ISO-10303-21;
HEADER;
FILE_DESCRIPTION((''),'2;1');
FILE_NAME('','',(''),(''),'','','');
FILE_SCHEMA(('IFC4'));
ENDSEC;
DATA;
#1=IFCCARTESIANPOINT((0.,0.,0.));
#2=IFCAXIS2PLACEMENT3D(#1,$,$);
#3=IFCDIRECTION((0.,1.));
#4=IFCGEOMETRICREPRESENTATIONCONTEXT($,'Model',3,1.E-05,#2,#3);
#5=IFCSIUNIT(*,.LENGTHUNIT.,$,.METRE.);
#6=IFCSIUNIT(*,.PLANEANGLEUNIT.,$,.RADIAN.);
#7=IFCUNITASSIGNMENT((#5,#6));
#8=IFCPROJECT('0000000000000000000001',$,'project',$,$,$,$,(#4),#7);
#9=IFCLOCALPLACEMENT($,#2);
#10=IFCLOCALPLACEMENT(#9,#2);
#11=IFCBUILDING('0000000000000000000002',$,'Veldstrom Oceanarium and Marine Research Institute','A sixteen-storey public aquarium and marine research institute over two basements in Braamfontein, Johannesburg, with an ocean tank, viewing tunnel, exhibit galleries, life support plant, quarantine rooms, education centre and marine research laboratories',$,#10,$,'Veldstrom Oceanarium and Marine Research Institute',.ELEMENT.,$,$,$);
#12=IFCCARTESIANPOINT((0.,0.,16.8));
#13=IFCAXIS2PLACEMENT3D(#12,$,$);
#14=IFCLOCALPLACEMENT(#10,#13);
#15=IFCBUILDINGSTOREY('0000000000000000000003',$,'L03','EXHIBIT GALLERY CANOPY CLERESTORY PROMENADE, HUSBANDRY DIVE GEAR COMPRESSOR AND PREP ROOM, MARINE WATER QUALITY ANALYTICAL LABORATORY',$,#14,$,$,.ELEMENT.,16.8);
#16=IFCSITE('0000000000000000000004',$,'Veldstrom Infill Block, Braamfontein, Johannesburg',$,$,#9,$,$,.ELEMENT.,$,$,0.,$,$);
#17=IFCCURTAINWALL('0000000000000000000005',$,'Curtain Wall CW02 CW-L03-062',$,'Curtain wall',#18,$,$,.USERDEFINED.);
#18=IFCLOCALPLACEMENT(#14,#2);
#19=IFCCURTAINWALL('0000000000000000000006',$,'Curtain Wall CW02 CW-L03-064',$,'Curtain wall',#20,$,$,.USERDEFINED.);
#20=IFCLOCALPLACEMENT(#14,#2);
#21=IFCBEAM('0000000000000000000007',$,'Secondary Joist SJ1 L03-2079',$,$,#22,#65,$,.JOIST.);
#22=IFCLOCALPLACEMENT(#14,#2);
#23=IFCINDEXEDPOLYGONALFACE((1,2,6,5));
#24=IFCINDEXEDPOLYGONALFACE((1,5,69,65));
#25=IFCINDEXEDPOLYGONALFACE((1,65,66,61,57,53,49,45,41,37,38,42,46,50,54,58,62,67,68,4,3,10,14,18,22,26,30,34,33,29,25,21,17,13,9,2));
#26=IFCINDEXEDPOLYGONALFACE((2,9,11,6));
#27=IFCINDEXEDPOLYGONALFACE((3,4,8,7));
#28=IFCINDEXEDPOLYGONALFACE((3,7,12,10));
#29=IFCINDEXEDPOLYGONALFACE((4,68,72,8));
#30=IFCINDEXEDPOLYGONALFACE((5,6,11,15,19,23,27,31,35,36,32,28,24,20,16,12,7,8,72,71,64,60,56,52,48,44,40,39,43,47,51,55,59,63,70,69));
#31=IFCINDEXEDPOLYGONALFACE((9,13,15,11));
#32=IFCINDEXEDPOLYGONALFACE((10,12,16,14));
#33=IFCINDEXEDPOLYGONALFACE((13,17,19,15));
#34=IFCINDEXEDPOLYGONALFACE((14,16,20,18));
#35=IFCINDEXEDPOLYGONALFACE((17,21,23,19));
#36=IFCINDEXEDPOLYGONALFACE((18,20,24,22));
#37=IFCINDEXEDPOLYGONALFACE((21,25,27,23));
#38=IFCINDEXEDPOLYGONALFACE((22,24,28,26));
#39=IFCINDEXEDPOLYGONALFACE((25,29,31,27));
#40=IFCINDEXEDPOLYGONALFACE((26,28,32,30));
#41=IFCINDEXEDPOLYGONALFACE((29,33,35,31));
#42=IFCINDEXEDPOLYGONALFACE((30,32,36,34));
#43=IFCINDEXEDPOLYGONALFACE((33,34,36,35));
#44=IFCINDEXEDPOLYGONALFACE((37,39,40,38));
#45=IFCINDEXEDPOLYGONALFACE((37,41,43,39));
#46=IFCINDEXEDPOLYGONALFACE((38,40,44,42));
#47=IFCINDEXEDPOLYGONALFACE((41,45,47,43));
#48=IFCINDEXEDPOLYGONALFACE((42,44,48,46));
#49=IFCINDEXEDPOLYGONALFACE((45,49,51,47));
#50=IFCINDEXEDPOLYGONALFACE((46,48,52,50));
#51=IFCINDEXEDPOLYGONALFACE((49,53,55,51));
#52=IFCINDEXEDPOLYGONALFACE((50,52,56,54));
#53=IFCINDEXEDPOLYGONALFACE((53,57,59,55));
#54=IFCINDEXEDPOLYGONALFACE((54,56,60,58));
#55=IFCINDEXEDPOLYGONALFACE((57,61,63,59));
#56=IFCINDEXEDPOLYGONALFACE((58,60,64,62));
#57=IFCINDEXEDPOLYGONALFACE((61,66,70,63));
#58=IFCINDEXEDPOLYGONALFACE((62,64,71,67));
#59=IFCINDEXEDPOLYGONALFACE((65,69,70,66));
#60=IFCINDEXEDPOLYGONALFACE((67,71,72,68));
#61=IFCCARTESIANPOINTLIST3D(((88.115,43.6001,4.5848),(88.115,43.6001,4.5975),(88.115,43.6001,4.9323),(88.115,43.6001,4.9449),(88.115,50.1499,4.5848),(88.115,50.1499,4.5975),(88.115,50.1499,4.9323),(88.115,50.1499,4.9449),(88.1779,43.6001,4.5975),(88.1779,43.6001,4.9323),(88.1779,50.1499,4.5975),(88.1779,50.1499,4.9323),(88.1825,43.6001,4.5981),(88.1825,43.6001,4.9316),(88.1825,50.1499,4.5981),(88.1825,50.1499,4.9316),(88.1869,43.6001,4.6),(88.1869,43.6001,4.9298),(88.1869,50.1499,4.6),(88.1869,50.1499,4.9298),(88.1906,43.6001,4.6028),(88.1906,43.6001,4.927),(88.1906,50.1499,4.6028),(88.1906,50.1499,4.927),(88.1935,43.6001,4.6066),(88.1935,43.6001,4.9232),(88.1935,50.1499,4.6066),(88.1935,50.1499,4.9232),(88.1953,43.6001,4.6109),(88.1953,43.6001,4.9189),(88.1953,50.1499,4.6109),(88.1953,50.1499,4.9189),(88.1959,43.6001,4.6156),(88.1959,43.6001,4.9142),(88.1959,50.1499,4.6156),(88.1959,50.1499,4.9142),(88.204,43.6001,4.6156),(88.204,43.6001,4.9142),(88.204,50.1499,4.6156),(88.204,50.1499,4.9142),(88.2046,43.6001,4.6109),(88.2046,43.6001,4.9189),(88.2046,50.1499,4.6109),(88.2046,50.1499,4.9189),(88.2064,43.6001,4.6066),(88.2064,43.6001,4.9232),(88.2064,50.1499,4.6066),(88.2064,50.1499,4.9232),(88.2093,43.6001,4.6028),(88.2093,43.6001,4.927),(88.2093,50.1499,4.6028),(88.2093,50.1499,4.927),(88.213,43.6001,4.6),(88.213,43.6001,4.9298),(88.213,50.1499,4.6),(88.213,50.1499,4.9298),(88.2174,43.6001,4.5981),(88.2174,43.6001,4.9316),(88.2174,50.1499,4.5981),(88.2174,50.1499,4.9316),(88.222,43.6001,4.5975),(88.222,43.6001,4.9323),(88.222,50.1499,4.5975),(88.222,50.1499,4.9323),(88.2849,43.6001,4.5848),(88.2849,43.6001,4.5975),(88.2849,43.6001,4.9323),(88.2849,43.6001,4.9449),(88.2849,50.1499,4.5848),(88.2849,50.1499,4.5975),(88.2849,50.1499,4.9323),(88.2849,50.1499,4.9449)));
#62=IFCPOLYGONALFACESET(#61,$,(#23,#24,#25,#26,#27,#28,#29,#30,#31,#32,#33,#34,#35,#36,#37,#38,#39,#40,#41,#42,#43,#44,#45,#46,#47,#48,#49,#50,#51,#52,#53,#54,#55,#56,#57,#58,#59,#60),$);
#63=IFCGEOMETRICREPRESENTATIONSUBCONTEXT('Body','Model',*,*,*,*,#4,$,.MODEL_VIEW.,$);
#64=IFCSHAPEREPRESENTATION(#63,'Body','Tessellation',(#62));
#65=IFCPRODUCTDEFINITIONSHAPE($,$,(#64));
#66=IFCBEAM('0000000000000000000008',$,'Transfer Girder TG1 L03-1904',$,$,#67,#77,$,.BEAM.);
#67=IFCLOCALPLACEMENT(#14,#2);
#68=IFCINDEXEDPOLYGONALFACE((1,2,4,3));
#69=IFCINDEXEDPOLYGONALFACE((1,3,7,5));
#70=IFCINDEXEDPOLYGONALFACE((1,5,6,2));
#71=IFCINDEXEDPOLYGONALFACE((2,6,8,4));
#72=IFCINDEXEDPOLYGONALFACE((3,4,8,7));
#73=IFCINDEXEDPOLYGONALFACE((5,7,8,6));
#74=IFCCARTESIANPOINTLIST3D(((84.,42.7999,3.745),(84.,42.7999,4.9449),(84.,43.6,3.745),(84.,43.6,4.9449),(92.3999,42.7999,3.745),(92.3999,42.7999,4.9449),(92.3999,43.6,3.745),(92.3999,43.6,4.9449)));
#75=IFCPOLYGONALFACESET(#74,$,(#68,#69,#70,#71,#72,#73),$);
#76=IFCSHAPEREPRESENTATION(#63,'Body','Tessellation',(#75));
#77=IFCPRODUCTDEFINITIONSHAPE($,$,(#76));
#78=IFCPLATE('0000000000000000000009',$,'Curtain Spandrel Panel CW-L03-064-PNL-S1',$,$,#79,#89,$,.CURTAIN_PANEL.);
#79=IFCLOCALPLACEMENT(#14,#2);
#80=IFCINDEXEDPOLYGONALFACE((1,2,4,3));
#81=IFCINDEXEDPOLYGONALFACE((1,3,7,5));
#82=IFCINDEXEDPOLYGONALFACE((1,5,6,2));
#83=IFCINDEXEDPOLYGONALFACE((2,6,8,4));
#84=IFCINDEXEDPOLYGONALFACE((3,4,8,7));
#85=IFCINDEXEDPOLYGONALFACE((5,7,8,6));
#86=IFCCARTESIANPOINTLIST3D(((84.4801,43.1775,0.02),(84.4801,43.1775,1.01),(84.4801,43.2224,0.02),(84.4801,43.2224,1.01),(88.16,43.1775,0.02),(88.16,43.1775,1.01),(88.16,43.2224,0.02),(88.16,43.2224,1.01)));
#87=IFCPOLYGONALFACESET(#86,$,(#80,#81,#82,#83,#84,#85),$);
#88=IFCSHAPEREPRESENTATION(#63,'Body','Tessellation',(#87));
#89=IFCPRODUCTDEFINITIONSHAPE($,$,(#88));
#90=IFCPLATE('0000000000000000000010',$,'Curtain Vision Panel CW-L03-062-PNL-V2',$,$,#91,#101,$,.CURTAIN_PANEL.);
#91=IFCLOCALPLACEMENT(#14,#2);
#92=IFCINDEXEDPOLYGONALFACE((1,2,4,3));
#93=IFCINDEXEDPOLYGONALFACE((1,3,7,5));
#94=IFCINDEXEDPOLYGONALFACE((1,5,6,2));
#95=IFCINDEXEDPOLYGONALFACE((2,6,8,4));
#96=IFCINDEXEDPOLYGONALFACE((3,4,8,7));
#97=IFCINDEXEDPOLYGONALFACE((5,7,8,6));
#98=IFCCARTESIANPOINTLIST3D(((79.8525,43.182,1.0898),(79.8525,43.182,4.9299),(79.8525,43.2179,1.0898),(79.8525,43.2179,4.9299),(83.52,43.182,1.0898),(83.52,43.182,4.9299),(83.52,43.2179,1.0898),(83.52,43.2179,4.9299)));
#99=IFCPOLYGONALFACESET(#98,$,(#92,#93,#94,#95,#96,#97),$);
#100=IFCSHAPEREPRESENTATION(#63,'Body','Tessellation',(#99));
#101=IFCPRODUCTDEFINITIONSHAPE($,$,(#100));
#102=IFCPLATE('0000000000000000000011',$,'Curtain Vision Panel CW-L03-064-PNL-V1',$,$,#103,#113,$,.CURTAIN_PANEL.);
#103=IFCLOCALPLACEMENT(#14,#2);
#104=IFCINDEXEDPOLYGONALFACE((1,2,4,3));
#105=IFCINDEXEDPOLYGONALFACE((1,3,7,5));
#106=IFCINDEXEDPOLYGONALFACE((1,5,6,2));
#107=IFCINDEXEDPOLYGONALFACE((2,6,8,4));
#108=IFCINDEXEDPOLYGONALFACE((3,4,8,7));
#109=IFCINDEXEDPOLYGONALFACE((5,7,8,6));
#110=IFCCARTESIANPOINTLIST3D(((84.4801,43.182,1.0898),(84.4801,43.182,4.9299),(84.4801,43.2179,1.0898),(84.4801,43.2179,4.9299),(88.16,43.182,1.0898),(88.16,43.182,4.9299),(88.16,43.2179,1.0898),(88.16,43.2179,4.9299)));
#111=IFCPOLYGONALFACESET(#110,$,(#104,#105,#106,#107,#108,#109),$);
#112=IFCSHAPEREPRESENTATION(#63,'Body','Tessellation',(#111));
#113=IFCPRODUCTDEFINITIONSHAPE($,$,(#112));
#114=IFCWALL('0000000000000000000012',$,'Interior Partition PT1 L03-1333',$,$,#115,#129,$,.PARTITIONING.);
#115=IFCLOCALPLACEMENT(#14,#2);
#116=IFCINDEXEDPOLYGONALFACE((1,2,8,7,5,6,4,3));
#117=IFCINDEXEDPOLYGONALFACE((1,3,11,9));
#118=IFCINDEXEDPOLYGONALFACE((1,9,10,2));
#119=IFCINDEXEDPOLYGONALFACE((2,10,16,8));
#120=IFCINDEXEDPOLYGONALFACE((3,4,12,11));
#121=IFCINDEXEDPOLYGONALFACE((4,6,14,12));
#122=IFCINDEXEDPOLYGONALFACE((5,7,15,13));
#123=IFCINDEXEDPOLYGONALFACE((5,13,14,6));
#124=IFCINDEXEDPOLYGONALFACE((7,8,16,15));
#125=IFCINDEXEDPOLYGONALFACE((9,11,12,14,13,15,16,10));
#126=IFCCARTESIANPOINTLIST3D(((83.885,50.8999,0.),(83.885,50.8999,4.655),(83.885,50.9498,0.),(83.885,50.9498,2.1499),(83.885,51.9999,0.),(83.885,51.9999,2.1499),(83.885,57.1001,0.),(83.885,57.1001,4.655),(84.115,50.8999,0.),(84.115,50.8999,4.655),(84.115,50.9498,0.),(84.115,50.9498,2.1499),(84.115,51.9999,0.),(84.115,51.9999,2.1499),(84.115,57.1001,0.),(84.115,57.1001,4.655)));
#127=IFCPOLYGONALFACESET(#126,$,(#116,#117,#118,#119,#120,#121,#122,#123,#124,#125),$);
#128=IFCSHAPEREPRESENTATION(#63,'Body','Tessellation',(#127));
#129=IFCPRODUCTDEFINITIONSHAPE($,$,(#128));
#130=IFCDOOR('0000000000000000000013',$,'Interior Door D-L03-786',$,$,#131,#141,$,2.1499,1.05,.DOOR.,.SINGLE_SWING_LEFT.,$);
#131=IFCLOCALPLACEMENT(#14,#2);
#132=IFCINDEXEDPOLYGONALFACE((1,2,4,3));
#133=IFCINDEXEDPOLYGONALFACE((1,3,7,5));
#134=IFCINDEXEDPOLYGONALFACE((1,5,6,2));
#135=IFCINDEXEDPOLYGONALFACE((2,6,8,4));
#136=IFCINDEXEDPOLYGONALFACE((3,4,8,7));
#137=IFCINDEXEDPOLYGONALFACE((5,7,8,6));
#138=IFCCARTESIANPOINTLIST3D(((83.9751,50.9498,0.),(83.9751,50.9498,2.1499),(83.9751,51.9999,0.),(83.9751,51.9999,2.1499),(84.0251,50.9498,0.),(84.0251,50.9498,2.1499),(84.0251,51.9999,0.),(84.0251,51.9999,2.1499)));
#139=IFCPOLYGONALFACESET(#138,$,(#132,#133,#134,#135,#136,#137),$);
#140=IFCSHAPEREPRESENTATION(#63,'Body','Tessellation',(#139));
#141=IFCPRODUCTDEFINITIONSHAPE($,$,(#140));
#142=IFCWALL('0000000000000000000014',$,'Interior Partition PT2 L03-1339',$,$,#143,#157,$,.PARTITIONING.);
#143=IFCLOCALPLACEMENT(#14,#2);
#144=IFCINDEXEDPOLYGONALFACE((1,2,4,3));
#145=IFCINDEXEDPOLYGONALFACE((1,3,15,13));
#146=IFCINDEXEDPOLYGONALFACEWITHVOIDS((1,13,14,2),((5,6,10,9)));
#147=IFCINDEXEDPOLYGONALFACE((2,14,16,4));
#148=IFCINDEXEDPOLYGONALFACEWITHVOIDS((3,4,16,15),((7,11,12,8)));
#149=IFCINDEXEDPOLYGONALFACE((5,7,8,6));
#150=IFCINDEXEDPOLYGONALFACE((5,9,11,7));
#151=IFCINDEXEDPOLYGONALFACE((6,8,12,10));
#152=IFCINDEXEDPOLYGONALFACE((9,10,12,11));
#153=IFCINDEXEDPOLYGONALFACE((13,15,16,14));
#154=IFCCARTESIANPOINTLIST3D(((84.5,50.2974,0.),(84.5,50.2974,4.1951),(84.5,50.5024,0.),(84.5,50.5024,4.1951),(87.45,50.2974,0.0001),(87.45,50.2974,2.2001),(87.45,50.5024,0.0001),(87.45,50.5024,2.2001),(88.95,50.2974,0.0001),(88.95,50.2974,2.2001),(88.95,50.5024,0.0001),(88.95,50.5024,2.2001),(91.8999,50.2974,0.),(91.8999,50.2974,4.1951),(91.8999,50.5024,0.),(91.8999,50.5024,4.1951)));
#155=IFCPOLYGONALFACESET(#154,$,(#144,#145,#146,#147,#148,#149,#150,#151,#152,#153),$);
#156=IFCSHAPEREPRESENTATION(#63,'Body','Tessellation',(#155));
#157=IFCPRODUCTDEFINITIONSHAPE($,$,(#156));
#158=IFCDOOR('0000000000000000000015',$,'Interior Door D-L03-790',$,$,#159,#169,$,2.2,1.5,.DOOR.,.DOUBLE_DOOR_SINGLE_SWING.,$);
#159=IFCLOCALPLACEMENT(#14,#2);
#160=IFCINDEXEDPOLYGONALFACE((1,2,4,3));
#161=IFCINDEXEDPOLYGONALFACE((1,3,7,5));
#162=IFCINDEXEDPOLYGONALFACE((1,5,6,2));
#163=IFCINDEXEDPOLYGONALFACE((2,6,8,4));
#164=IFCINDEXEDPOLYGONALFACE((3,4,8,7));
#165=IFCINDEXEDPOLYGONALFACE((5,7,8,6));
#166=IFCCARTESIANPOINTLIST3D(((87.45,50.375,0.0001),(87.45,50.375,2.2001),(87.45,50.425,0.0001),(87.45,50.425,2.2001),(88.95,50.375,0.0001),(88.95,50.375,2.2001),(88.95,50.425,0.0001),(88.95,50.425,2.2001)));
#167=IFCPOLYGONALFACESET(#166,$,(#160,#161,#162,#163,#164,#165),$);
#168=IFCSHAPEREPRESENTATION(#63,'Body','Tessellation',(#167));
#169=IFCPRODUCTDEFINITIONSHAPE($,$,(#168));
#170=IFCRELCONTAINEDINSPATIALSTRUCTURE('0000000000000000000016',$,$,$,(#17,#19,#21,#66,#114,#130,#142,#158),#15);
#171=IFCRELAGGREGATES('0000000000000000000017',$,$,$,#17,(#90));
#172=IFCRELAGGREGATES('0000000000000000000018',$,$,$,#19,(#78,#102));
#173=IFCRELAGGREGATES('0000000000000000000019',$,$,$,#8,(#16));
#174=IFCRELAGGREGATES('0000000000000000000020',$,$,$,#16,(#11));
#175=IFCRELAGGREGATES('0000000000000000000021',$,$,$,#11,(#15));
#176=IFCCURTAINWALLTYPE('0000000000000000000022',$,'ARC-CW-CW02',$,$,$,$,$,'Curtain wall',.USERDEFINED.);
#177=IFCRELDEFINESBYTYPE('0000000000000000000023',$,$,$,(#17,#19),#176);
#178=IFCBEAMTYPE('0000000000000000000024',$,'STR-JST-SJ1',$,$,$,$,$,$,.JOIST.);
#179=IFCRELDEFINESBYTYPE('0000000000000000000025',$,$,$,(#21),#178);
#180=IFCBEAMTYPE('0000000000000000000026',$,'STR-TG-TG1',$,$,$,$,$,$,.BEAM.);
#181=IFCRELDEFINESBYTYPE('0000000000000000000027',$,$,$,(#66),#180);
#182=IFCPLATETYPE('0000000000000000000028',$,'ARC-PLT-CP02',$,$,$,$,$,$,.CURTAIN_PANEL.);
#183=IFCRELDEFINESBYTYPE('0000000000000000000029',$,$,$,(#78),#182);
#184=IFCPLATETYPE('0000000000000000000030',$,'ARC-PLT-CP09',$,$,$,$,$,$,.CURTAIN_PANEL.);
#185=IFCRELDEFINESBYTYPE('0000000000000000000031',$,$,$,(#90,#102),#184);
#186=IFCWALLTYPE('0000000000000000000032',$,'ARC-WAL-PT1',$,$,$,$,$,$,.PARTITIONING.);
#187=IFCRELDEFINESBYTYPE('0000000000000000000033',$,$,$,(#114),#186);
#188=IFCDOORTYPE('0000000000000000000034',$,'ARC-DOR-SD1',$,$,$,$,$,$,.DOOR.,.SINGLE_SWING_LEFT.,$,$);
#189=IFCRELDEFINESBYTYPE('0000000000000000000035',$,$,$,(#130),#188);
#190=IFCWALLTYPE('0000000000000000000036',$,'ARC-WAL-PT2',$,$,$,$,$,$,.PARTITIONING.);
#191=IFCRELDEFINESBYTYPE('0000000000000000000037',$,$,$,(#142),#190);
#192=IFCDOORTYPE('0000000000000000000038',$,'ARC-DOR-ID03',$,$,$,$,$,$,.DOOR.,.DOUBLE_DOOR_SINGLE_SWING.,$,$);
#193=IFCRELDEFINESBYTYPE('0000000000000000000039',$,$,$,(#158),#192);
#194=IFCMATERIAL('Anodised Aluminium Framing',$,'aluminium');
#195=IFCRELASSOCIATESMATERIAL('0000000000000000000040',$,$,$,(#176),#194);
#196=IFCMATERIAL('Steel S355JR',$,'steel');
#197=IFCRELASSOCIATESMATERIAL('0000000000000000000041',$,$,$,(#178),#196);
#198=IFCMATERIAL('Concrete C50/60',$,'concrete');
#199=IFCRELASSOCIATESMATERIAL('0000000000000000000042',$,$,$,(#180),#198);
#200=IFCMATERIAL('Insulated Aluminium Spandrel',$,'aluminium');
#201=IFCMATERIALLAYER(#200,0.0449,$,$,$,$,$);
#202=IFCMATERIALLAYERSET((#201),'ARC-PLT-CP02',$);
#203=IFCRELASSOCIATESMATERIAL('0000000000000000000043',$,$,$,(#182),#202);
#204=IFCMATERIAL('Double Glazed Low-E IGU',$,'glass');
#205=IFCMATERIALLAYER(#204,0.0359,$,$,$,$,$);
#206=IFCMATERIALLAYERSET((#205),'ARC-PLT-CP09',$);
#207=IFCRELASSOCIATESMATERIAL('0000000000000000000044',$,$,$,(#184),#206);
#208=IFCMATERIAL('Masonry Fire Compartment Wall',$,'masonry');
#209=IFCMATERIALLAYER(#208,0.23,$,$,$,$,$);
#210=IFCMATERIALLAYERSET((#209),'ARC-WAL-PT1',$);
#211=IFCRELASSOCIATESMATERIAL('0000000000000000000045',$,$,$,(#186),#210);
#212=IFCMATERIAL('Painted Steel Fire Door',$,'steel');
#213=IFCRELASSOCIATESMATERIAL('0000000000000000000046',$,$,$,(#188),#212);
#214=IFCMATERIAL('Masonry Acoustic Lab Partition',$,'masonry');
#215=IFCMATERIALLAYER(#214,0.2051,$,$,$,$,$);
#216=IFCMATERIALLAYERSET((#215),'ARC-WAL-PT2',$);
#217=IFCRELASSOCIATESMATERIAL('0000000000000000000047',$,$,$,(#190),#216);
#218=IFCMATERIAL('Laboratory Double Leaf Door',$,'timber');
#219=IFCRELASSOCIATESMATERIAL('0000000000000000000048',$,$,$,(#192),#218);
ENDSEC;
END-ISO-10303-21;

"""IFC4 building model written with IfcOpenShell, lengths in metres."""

from ifc_helpers import new_model, si_unit, direction, frame, frame_2d, origin, origin_2d, place, context, subcontext, project, spatial, rectangle, i_section, extrude, material, layer, layer_set, material_profile, profile_set, type_object, element, fill, aggregate, save


model = new_model("IFC4")

# Units and contexts
model_context = context("Model", 3, precision=1e-05, world=origin(), true_north=direction((0.0, 1.0)))
body_context = subcontext(model_context, "Body", "Model", "MODEL_VIEW")
ifc_project = project(units=[si_unit("LENGTHUNIT", "METRE"), si_unit("PLANEANGLEUNIT", "RADIAN")], contexts=[model_context])

# Site, building, storey
site_placement = place(None, origin())
site = spatial("IfcSite", under=ifc_project, at=site_placement, Name="Veldstrom Infill Block, Braamfontein, Johannesburg", CompositionType="ELEMENT", RefElevation=0.0)
building_placement = place(site_placement, origin())
building = spatial("IfcBuilding", under=site, at=building_placement, Name="Veldstrom Oceanarium and Marine Research Institute", Description="A sixteen-storey public aquarium and marine research institute over two basements in Braamfontein, Johannesburg, with an ocean tank, viewing tunnel, exhibit galleries, life support plant, quarantine rooms, education centre and marine research laboratories", LongName="Veldstrom Oceanarium and Marine Research Institute", CompositionType="ELEMENT")
storey_placement = place(building_placement, frame((0.0, 0.0, 16.8)))
storey = spatial("IfcBuildingStorey", under=building, at=storey_placement, Name="L03", Description="EXHIBIT GALLERY CANOPY CLERESTORY PROMENADE, HUSBANDRY DIVE GEAR COMPRESSOR AND PREP ROOM, MARINE WATER QUALITY ANALYTICAL LABORATORY", CompositionType="ELEMENT", Elevation=16.8)

# Curtain wall
ifc_material_1 = material(Name="Anodised Aluminium Framing", Category="aluminium")
curtain_wall_type = type_object("IfcCurtainWallType", Name="ARC-CW-CW02", ElementType="Curtain wall", PredefinedType="USERDEFINED", material=ifc_material_1)
curtain_wall_1_placement = place(storey_placement, origin())
curtain_wall_1 = element("IfcCurtainWall", 1, at=curtain_wall_1_placement, inside=storey, type_object=curtain_wall_type, Name="Curtain Wall CW02 CW-L03-062", ObjectType="Curtain wall", PredefinedType="USERDEFINED")

# Curtain wall
curtain_wall_2_placement = place(storey_placement, origin())
curtain_wall_2 = element("IfcCurtainWall", 2, at=curtain_wall_2_placement, inside=storey, type_object=curtain_wall_type, Name="Curtain Wall CW02 CW-L03-064", ObjectType="Curtain wall", PredefinedType="USERDEFINED")

# Beams
ifc_material_2 = material(Name="Steel S355JR", Category="steel")
ifc_material_profile_1 = material_profile(ifc_material_2, i_section(OverallWidth=0.1699, OverallDepth=0.3601, WebThickness=0.0081, FlangeThickness=0.0127, FilletRadius=0.0181, at=origin_2d()), Name="IPE 360")
ifc_profile_set_1 = profile_set([ifc_material_profile_1], Name="Steel S355JR")
beam_type_1 = type_object("IfcBeamType", Name="STR-JST-SJ1", PredefinedType="JOIST", material=ifc_profile_set_1)
beam_1_placement = place(storey_placement, frame((88.2, 43.6001, 4.7649), z_axis=(0.0, 1.0, 0.0), x_axis=(-1.0, 0.0, 0.0)))
element("IfcBeam", 3, at=beam_1_placement, inside=storey, type_object=beam_type_1, Name="Secondary Joist SJ1 L03-2079", PredefinedType="JOIST", context=body_context, shape_type="SweptSolid", body=[
    extrude(i_section(OverallWidth=0.1699, OverallDepth=0.3601, WebThickness=0.0081, FlangeThickness=0.0127, FilletRadius=0.0181, at=origin_2d()), origin(), (0.0, 0.0, 1.0), 6.5498),
])
ifc_material_3 = material(Name="Concrete C50/60", Category="concrete")
ifc_material_profile_2 = material_profile(ifc_material_3, rectangle(XDim=0.8, YDim=1.2, at=origin_2d()), Name="RC-TG-800x1200")
ifc_profile_set_2 = profile_set([ifc_material_profile_2], Name="Concrete C50/60")
beam_type_2 = type_object("IfcBeamType", Name="STR-TG-TG1", PredefinedType="BEAM", material=ifc_profile_set_2)
beam_2_placement = place(storey_placement, frame((84.0, 43.2, 4.345), z_axis=(1.0, 0.0, 0.0), x_axis=(0.0, 1.0, 0.0)))
element("IfcBeam", 4, at=beam_2_placement, inside=storey, type_object=beam_type_2, Name="Transfer Girder TG1 L03-1904", PredefinedType="BEAM", context=body_context, shape_type="SweptSolid", body=[
    extrude(rectangle(XDim=0.8, YDim=1.2, at=origin_2d()), origin(), (0.0, 0.0, 1.0), 8.3999),
])

# Plates
ifc_material_4 = material(Name="Insulated Aluminium Spandrel", Category="aluminium")
ifc_layer_1 = layer(ifc_material_4, 0.0449)
ifc_layer_set_1 = layer_set([ifc_layer_1], Name="ARC-PLT-CP02")
plate_type_1 = type_object("IfcPlateType", Name="ARC-PLT-CP02", PredefinedType="CURTAIN_PANEL", material=ifc_layer_set_1)
plate_1_placement = place(storey_placement, frame((86.3201, 43.2, 0.02), z_axis=(0.0, 0.0, 1.0), x_axis=(1.0, 0.0, 0.0)))
plate_1 = element("IfcPlate", 5, at=plate_1_placement, type_object=plate_type_1, Name="Curtain Spandrel Panel CW-L03-064-PNL-S1", PredefinedType="CURTAIN_PANEL", context=body_context, shape_type="SweptSolid", body=[
    extrude(rectangle(XDim=3.6799, YDim=0.0449, at=origin_2d()), origin(), (0.0, 0.0, 1.0), 0.99),
])
ifc_material_5 = material(Name="Double Glazed Low-E IGU", Category="glass")
ifc_layer_2 = layer(ifc_material_5, 0.0359)
ifc_layer_set_2 = layer_set([ifc_layer_2], Name="ARC-PLT-CP09")
plate_type_2 = type_object("IfcPlateType", Name="ARC-PLT-CP09", PredefinedType="CURTAIN_PANEL", material=ifc_layer_set_2)
plate_2_placement = place(storey_placement, frame((81.6863, 43.2, 1.0898), z_axis=(0.0, 0.0, 1.0), x_axis=(1.0, 0.0, 0.0)))
plate_2 = element("IfcPlate", 6, at=plate_2_placement, type_object=plate_type_2, Name="Curtain Vision Panel CW-L03-062-PNL-V2", PredefinedType="CURTAIN_PANEL", context=body_context, shape_type="SweptSolid", body=[
    extrude(rectangle(XDim=3.6675, YDim=0.0359, at=origin_2d()), origin(), (0.0, 0.0, 1.0), 3.8401),
])
aggregate(curtain_wall_1, [plate_2])
plate_3_placement = place(storey_placement, frame((86.3201, 43.2, 1.0898), z_axis=(0.0, 0.0, 1.0), x_axis=(1.0, 0.0, 0.0)))
plate_3 = element("IfcPlate", 7, at=plate_3_placement, type_object=plate_type_2, Name="Curtain Vision Panel CW-L03-064-PNL-V1", PredefinedType="CURTAIN_PANEL", context=body_context, shape_type="SweptSolid", body=[
    extrude(rectangle(XDim=3.6799, YDim=0.0359, at=origin_2d()), origin(), (0.0, 0.0, 1.0), 3.8401),
])
aggregate(curtain_wall_2, [plate_1, plate_3])

# Walls, openings, doors
ifc_material_6 = material(Name="Masonry Fire Compartment Wall", Category="masonry")
ifc_layer_3 = layer(ifc_material_6, 0.23)
ifc_layer_set_3 = layer_set([ifc_layer_3], Name="ARC-WAL-PT1")
wall_type_1 = type_object("IfcWallType", Name="ARC-WAL-PT1", PredefinedType="PARTITIONING", material=ifc_layer_set_3)
wall_1_placement = place(storey_placement, frame((84.0, 50.8999, 0.0), z_axis=(0.0, 0.0, 1.0), x_axis=(0.0, 1.0, 0.0)))
wall_1 = element("IfcWall", 8, at=wall_1_placement, inside=storey, type_object=wall_type_1, Name="Interior Partition PT1 L03-1333", PredefinedType="PARTITIONING", context=body_context, shape_type="SweptSolid", body=[
    extrude(rectangle(XDim=6.2002, YDim=0.23, at=frame_2d((3.1001, 0.0))), origin(), (0.0, 0.0, 1.0), 4.655),
])
opening_1_placement = place(wall_1_placement, frame((0.05, 0.0, 0.0)))
opening_1 = element("IfcOpeningElement", 9, at=opening_1_placement, cuts=wall_1, PredefinedType="OPENING", context=body_context, shape_type="SweptSolid", body=[
    extrude(rectangle(XDim=1.05, YDim=2.1499, at=frame_2d((0.5249, 1.075))), frame((0.0, 0.125, 0.0), z_axis=(0.0, -1.0, 0.0), x_axis=(1.0, 0.0, 0.0)), (0.0, 0.0, 1.0), 0.25),
])
ifc_material_7 = material(Name="Painted Steel Fire Door", Category="steel")
door_type_1 = type_object("IfcDoorType", Name="ARC-DOR-SD1", OperationType="SINGLE_SWING_LEFT", PredefinedType="DOOR", material=ifc_material_7)
door_1_placement = place(opening_1_placement, origin())
door_1 = element("IfcDoor", 10, at=door_1_placement, inside=storey, type_object=door_type_1, Name="Interior Door D-L03-786", OperationType="SINGLE_SWING_LEFT", OverallHeight=2.1499, OverallWidth=1.05, PredefinedType="DOOR", context=body_context, shape_type="SweptSolid", body=[
    extrude(rectangle(XDim=1.05, YDim=2.1499, at=frame_2d((0.5249, 1.075))), frame((0.0, 0.0249, 0.0), z_axis=(0.0, -1.0, 0.0), x_axis=(1.0, 0.0, 0.0)), (0.0, 0.0, 1.0), 0.05),
])
fill(opening_1, door_1)
ifc_material_8 = material(Name="Masonry Acoustic Lab Partition", Category="masonry")
ifc_layer_4 = layer(ifc_material_8, 0.2051)
ifc_layer_set_4 = layer_set([ifc_layer_4], Name="ARC-WAL-PT2")
wall_type_2 = type_object("IfcWallType", Name="ARC-WAL-PT2", PredefinedType="PARTITIONING", material=ifc_layer_set_4)
wall_2_placement = place(storey_placement, frame((84.5, 50.3999, 0.0), z_axis=(0.0, 0.0, 1.0), x_axis=(1.0, 0.0, 0.0)))
wall_2 = element("IfcWall", 11, at=wall_2_placement, inside=storey, type_object=wall_type_2, Name="Interior Partition PT2 L03-1339", PredefinedType="PARTITIONING", context=body_context, shape_type="SweptSolid", body=[
    extrude(rectangle(XDim=7.3999, YDim=0.2051, at=frame_2d((3.7, 0.0))), origin(), (0.0, 0.0, 1.0), 4.1951),
])
opening_2_placement = place(wall_2_placement, frame((2.95, 0.0, 0.0)))
opening_2 = element("IfcOpeningElement", 12, at=opening_2_placement, cuts=wall_2, PredefinedType="OPENING", context=body_context, shape_type="SweptSolid", body=[
    extrude(rectangle(XDim=1.5, YDim=2.2, at=frame_2d((0.75, 1.1001))), frame((0.0, 0.1125, 0.0), z_axis=(0.0, -1.0, 0.0), x_axis=(1.0, 0.0, 0.0)), (0.0, 0.0, 1.0), 0.2251),
])
ifc_material_9 = material(Name="Laboratory Double Leaf Door", Category="timber")
door_type_2 = type_object("IfcDoorType", Name="ARC-DOR-ID03", OperationType="DOUBLE_DOOR_SINGLE_SWING", PredefinedType="DOOR", material=ifc_material_9)
door_2_placement = place(opening_2_placement, frame((1.5, 0.0, 0.0), z_axis=(0.0, 0.0, 1.0), x_axis=(-1.0, 0.0, 0.0)))
door_2 = element("IfcDoor", 13, at=door_2_placement, inside=storey, type_object=door_type_2, Name="Interior Door D-L03-790", OperationType="DOUBLE_DOOR_SINGLE_SWING", OverallHeight=2.2, OverallWidth=1.5, PredefinedType="DOOR", context=body_context, shape_type="SweptSolid", body=[
    extrude(rectangle(XDim=1.5, YDim=2.2, at=frame_2d((0.75, 1.1001))), frame((0.0, 0.0249, 0.0), z_axis=(0.0, -1.0, 0.0), x_axis=(1.0, 0.0, 0.0)), (0.0, 0.0, 1.0), 0.05),
])
fill(opening_2, door_2)

save(model, "model.ifc")
